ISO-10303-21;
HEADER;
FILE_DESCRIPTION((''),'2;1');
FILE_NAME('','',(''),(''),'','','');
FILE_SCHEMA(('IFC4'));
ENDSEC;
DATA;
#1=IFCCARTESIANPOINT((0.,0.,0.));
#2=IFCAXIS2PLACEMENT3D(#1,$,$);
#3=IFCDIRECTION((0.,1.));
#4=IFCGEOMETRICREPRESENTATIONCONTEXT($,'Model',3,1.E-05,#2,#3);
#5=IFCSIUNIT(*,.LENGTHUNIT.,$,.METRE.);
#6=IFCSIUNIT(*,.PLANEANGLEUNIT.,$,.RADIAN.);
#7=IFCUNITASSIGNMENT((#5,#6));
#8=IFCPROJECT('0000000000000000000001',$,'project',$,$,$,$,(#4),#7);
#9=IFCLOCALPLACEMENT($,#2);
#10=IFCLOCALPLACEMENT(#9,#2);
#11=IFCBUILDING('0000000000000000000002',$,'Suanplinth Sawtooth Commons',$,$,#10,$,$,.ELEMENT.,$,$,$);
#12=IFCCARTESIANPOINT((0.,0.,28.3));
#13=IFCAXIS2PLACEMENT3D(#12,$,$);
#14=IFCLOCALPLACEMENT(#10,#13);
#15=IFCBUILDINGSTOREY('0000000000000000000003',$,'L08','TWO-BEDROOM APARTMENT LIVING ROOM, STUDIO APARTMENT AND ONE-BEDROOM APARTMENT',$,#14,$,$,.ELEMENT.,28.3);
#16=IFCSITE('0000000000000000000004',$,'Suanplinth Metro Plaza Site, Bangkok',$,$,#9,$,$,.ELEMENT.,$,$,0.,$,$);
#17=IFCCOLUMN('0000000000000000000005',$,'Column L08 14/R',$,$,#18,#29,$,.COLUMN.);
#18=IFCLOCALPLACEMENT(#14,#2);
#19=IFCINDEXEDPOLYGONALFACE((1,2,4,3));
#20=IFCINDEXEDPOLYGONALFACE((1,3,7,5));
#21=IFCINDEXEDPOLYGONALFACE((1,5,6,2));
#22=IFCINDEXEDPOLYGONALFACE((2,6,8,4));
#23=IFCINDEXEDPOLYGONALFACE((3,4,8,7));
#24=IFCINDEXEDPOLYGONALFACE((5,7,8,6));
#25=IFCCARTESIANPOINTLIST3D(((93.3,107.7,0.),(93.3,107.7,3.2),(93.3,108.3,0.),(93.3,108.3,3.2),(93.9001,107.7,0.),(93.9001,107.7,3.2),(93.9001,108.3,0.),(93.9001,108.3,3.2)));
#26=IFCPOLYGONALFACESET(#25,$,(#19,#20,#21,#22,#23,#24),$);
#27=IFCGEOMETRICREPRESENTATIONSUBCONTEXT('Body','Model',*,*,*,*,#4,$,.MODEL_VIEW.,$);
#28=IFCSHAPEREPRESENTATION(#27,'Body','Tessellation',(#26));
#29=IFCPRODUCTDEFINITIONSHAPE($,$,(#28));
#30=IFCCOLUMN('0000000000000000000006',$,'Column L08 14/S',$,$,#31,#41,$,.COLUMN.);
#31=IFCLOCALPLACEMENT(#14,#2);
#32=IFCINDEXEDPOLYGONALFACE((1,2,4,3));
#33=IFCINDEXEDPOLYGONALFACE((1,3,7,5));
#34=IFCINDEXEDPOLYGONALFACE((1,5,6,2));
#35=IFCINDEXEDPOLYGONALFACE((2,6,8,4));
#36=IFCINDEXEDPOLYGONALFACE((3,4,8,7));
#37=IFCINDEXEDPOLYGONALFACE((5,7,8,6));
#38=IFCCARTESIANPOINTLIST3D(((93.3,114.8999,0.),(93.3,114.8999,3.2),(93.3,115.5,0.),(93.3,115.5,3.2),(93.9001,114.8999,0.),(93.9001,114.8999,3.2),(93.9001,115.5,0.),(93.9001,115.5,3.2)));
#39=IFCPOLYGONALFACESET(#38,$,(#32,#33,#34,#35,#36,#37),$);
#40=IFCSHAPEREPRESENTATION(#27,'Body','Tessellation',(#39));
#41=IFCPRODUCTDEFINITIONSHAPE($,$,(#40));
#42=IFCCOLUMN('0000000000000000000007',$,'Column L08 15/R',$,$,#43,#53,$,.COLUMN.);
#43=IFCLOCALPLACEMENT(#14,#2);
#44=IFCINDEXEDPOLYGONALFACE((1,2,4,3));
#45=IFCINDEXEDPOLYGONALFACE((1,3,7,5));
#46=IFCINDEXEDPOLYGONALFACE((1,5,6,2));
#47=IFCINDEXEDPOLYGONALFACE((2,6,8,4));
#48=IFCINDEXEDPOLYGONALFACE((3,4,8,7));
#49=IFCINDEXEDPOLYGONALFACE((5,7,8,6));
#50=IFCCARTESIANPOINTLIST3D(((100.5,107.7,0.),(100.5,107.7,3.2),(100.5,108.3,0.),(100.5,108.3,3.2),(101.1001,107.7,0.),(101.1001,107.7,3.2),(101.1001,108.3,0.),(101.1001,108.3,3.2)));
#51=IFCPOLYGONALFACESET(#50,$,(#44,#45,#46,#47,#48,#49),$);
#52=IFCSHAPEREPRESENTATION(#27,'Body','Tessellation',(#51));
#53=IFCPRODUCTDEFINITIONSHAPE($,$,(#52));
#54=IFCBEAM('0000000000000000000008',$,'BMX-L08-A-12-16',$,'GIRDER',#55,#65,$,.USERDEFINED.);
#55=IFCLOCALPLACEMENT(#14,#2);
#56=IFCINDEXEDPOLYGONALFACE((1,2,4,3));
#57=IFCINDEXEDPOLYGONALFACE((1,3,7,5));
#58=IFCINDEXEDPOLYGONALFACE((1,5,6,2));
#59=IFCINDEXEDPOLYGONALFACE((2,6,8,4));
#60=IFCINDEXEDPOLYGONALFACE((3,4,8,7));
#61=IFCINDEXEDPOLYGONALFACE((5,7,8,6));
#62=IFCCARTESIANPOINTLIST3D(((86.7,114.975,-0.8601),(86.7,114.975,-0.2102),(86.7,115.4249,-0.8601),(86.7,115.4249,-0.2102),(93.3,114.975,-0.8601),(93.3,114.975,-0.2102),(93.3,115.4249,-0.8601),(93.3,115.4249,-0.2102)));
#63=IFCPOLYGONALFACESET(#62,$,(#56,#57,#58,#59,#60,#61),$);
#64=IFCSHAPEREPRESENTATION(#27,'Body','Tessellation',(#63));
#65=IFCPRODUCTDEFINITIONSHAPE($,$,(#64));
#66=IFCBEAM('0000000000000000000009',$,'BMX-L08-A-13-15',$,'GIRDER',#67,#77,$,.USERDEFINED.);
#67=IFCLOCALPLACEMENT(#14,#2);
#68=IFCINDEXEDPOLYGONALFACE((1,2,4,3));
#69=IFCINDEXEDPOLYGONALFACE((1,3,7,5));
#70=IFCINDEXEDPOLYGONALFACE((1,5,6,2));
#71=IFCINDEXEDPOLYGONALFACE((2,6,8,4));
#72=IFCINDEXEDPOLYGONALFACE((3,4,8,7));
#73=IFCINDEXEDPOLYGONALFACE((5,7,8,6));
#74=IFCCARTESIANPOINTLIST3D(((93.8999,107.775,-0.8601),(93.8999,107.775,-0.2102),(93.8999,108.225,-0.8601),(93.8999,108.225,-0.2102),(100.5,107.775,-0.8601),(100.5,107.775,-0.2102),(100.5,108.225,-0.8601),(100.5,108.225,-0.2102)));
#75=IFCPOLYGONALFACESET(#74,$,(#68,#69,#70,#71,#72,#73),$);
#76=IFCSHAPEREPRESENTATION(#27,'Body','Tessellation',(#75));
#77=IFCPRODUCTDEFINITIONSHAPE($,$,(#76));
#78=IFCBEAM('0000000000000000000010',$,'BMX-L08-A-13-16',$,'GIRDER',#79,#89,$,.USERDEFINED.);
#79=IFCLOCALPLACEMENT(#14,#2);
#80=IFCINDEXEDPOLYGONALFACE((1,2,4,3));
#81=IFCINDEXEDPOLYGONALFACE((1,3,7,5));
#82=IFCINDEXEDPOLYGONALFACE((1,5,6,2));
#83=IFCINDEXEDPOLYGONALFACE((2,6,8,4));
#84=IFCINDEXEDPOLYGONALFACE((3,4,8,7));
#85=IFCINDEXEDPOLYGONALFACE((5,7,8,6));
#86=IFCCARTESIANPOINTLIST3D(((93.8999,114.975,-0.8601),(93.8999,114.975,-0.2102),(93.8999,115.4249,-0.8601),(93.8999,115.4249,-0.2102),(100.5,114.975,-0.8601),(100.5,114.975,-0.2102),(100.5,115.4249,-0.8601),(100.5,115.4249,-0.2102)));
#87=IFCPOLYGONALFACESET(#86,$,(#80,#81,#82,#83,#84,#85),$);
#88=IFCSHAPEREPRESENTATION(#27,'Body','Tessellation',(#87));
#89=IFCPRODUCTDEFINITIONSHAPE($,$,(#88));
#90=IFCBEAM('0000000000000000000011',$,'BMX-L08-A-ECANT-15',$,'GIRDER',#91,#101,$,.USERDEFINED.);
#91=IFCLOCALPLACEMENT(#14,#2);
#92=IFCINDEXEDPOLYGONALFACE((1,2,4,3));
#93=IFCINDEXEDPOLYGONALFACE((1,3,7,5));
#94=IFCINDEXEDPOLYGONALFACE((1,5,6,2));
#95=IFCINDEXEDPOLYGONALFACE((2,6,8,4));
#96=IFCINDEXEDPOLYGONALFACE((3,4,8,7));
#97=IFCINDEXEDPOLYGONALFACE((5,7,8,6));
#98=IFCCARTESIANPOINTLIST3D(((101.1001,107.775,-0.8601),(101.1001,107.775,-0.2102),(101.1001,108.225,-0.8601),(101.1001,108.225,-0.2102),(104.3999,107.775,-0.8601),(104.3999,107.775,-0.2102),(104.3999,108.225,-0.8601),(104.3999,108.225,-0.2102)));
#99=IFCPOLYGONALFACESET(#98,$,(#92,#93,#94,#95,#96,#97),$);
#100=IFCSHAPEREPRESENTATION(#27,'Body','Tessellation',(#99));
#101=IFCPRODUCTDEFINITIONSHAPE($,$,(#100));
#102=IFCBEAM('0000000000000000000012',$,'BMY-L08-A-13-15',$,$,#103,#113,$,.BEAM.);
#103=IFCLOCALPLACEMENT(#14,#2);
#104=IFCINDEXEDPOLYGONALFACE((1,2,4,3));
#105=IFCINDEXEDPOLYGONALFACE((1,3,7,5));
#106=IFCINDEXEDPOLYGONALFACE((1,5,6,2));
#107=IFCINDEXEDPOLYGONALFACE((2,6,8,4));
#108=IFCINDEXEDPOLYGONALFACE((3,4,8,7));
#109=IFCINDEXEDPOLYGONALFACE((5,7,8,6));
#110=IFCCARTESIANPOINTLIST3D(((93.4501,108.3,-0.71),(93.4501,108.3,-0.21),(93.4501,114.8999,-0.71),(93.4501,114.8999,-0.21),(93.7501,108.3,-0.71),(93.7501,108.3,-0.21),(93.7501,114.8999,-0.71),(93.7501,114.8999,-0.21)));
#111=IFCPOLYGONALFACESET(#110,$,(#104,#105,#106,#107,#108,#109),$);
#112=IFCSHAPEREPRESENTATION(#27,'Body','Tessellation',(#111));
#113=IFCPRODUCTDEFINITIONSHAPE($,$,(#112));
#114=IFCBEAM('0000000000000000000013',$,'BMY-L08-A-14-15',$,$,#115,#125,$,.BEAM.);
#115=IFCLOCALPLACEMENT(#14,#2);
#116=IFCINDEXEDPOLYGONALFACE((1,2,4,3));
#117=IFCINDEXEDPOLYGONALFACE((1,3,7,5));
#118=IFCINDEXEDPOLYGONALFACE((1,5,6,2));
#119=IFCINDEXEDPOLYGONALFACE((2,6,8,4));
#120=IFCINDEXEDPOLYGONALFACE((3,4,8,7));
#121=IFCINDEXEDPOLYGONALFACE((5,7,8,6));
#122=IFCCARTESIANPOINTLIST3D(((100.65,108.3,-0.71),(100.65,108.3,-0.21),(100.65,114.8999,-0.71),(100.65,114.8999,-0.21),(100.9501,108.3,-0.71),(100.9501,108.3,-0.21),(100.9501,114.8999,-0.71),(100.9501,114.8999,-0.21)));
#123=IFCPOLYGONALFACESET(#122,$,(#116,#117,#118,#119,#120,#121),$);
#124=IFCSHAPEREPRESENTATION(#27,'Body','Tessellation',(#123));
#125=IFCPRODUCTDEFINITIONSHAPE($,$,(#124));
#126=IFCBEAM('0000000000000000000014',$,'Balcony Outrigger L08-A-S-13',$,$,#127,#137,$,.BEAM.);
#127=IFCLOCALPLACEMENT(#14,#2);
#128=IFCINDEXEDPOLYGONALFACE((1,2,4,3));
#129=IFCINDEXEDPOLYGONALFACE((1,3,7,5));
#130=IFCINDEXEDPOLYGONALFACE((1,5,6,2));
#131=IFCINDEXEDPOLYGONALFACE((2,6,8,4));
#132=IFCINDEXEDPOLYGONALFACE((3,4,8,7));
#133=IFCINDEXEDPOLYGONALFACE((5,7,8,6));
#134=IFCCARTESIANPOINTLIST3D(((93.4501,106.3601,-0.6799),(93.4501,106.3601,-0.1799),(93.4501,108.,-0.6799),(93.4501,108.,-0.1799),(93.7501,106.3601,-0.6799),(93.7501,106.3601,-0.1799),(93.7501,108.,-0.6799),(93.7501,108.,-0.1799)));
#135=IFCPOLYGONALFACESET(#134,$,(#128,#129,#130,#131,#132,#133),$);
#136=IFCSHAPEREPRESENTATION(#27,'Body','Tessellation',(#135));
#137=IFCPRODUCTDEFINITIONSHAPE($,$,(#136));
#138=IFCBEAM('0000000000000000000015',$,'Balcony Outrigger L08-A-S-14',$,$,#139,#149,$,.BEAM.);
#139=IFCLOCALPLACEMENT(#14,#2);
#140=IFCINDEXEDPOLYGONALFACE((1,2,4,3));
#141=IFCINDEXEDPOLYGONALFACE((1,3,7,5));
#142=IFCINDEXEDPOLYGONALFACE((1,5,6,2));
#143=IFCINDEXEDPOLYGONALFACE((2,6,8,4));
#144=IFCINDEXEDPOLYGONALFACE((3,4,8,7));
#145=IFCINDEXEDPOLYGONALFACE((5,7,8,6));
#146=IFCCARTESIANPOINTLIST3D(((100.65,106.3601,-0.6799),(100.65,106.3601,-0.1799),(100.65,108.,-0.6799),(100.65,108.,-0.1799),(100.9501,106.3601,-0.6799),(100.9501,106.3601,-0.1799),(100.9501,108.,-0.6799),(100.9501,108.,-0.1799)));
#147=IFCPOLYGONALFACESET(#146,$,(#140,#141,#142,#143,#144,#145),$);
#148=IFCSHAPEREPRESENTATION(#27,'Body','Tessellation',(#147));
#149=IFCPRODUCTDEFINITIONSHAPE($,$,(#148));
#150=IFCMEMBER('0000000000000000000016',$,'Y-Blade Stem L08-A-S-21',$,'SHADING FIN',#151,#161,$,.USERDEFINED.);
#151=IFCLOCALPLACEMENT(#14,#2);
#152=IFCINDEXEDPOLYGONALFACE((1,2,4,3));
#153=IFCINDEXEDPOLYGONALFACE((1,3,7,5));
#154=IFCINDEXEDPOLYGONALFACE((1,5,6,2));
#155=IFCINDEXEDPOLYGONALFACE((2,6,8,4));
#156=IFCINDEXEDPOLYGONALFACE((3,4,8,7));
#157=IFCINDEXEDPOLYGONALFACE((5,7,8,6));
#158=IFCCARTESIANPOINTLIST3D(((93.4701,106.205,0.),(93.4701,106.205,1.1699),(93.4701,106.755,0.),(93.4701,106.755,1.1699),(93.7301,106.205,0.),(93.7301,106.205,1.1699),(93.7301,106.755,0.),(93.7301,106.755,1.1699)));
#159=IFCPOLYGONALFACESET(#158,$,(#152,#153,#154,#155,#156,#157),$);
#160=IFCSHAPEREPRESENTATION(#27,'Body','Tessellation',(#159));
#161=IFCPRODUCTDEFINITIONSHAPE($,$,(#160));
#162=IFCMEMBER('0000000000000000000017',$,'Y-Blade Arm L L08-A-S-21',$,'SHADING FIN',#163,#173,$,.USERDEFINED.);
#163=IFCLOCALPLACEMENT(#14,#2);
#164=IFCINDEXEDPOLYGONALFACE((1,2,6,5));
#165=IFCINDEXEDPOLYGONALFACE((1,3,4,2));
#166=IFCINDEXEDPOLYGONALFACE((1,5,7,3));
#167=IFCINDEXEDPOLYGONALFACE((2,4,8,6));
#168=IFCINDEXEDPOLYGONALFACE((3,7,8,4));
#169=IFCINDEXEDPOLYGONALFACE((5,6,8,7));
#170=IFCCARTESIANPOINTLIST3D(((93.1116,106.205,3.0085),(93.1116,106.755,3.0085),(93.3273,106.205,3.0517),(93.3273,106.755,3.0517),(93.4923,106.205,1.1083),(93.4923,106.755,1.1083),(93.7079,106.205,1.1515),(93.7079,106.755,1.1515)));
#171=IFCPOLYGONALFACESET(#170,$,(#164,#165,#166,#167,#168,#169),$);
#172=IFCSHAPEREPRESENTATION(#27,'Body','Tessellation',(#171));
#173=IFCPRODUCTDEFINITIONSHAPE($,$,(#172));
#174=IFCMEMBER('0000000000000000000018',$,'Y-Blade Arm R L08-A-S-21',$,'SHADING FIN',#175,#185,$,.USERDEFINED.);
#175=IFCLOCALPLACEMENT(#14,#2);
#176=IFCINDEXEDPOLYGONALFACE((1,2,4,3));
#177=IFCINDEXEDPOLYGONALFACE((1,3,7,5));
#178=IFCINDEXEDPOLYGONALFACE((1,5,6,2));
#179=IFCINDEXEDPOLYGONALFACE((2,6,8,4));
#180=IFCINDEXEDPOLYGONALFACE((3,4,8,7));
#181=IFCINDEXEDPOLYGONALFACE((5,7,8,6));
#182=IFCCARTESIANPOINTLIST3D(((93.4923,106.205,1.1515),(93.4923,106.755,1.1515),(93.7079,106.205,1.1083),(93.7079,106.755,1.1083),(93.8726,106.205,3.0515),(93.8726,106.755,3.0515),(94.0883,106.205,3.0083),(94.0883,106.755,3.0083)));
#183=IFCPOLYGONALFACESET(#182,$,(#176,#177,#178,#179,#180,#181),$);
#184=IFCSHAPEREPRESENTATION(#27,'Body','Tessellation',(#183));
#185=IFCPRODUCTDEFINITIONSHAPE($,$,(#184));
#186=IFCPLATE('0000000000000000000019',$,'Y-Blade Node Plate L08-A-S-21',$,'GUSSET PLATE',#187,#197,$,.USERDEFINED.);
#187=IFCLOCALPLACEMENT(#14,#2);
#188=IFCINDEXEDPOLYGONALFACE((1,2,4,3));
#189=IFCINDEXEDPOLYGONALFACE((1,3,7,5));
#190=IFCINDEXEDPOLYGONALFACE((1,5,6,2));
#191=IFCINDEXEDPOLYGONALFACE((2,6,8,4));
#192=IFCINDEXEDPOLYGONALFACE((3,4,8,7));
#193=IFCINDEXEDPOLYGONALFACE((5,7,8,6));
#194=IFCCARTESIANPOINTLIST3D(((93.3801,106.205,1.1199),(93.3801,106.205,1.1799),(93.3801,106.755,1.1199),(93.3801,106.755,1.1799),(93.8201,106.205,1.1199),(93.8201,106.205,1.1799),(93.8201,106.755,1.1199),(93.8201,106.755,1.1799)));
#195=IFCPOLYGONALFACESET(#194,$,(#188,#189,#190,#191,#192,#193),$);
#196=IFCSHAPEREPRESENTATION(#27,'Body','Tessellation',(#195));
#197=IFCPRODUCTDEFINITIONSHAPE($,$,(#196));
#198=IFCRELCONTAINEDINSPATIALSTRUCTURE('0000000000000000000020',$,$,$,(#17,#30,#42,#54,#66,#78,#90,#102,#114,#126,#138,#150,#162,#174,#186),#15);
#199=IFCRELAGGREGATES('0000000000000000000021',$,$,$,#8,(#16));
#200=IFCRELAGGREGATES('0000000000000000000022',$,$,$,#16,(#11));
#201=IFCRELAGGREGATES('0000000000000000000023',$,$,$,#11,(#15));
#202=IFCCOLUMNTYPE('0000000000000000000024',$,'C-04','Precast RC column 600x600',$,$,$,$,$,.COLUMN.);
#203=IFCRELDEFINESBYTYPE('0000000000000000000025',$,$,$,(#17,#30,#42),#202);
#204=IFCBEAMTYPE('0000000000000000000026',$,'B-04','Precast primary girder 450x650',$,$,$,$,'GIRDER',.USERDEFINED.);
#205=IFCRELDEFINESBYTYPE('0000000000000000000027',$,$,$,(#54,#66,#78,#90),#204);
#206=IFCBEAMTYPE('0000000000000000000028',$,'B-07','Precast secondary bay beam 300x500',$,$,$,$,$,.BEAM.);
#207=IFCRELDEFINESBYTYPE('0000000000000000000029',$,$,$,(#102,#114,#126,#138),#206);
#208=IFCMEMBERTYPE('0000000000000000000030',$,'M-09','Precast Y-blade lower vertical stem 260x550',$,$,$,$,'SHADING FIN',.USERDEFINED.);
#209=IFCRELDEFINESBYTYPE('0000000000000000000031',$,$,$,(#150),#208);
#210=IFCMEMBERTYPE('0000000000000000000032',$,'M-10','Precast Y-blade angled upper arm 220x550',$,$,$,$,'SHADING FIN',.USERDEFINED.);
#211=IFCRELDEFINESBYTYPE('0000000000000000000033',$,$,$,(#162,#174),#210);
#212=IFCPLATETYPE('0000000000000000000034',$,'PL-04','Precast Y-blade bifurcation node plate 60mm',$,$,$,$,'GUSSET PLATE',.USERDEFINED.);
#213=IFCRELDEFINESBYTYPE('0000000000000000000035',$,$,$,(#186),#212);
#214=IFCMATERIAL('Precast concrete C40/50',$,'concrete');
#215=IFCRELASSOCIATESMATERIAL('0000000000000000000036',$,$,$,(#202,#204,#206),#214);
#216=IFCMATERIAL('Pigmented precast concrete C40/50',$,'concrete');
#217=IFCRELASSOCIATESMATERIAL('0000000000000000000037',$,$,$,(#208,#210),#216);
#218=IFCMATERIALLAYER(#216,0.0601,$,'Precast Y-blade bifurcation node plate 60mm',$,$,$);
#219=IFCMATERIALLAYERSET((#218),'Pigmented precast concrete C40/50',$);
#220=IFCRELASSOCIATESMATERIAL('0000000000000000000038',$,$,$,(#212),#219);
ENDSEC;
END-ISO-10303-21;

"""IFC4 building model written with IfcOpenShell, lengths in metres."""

from ifc_helpers import new_model, si_unit, direction, frame, origin, origin_2d, place, context, subcontext, project, spatial, rectangle, extrude, material, layer, layer_set, material_profile, profile_set, type_object, element, save


model = new_model("IFC4")

# Units and contexts
model_context = context("Model", 3, precision=1e-05, world=origin(), true_north=direction((0.0, 1.0)))
body_context = subcontext(model_context, "Body", "Model", "MODEL_VIEW")
ifc_project = project(units=[si_unit("LENGTHUNIT", "METRE"), si_unit("PLANEANGLEUNIT", "RADIAN")], contexts=[model_context])

# Site, building, storey
site_placement = place(None, origin())
site = spatial("IfcSite", under=ifc_project, at=site_placement, Name="Suanplinth Metro Plaza Site, Bangkok", CompositionType="ELEMENT", RefElevation=0.0)
building_placement = place(site_placement, origin())
building = spatial("IfcBuilding", under=site, at=building_placement, Name="Suanplinth Sawtooth Commons", CompositionType="ELEMENT")
storey_placement = place(building_placement, frame((0.0, 0.0, 28.3)))
storey = spatial("IfcBuildingStorey", under=building, at=storey_placement, Name="L08", Description="TWO-BEDROOM APARTMENT LIVING ROOM, STUDIO APARTMENT AND ONE-BEDROOM APARTMENT", CompositionType="ELEMENT", Elevation=28.3)

# Columns
ifc_material_1 = material(Name="Precast concrete C40/50", Category="concrete")
ifc_material_profile_1 = material_profile(ifc_material_1, rectangle(XDim=0.6001, YDim=0.6001, at=origin_2d()), Name="PC-COL 600x600")
ifc_profile_set_1 = profile_set([ifc_material_profile_1], Name="Precast concrete C40/50")
column_type = type_object("IfcColumnType", Name="C-04", Description="Precast RC column 600x600", PredefinedType="COLUMN", material=ifc_profile_set_1)
for number, where, z_axis, x_axis, name in (
    (1, (93.6001, 108.0, 0.0), (0.0, 0.0, 1.0), (1.0, 0.0, 0.0), "Column L08 14/R"),
    (2, (93.6001, 115.2, 0.0), (0.0, 0.0, 1.0), (1.0, 0.0, 0.0), "Column L08 14/S"),
    (3, (100.8, 108.0, 0.0), (0.0, 0.0, 1.0), (1.0, 0.0, 0.0), "Column L08 15/R"),
):
    element("IfcColumn", number, at=place(storey_placement, frame(where, z_axis=z_axis, x_axis=x_axis)), inside=storey, type_object=column_type, Name=name, PredefinedType="COLUMN", context=body_context, shape_type="SweptSolid", body=[
        extrude(rectangle(XDim=0.6001, YDim=0.6001, at=origin_2d()), origin(), (0.0, 0.0, 1.0), 3.2),
    ])

# Beams
ifc_material_profile_2 = material_profile(ifc_material_1, rectangle(XDim=0.45, YDim=0.6499, at=origin_2d()), Name="PC-GDR 450x650")
ifc_profile_set_2 = profile_set([ifc_material_profile_2], Name="Precast concrete C40/50")
beam_type_1 = type_object("IfcBeamType", Name="B-04", Description="Precast primary girder 450x650", ElementType="GIRDER", PredefinedType="USERDEFINED", material=ifc_profile_set_2)
for number, where, z_axis, x_axis, name in (
    (4, (86.7, 115.2, -0.5352), (1.0, 0.0, 0.0), (0.0, 1.0, 0.0), "BMX-L08-A-12-16"),
    (5, (93.8999, 108.0, -0.5352), (1.0, 0.0, 0.0), (0.0, 1.0, 0.0), "BMX-L08-A-13-15"),
    (6, (93.8999, 115.2, -0.5352), (1.0, 0.0, 0.0), (0.0, 1.0, 0.0), "BMX-L08-A-13-16"),
):
    element("IfcBeam", number, at=place(storey_placement, frame(where, z_axis=z_axis, x_axis=x_axis)), inside=storey, type_object=beam_type_1, Name=name, ObjectType="GIRDER", PredefinedType="USERDEFINED", context=body_context, shape_type="SweptSolid", body=[
        extrude(rectangle(XDim=0.45, YDim=0.6499, at=origin_2d()), origin(), (0.0, 0.0, 1.0), 6.6001),
    ])
beam_placement = place(storey_placement, frame((101.1001, 108.0, -0.5352), z_axis=(1.0, 0.0, 0.0), x_axis=(0.0, 1.0, 0.0)))
element("IfcBeam", 7, at=beam_placement, inside=storey, type_object=beam_type_1, Name="BMX-L08-A-ECANT-15", ObjectType="GIRDER", PredefinedType="USERDEFINED", context=body_context, shape_type="SweptSolid", body=[
    extrude(rectangle(XDim=0.45, YDim=0.6499, at=origin_2d()), origin(), (0.0, 0.0, 1.0), 3.2998),
])
ifc_material_profile_3 = material_profile(ifc_material_1, rectangle(XDim=0.3, YDim=0.5, at=origin_2d()), Name="PC-BM 300x500")
ifc_profile_set_3 = profile_set([ifc_material_profile_3], Name="Precast concrete C40/50")
beam_type_2 = type_object("IfcBeamType", Name="B-07", Description="Precast secondary bay beam 300x500", PredefinedType="BEAM", material=ifc_profile_set_3)
for number, where, z_axis, x_axis, name in (
    (8, (93.6001, 108.3, -0.46), (0.0, 1.0, 0.0), (-1.0, 0.0, 0.0), "BMY-L08-A-13-15"),
    (9, (100.8, 108.3, -0.46), (0.0, 1.0, 0.0), (-1.0, 0.0, 0.0), "BMY-L08-A-14-15"),
):
    element("IfcBeam", number, at=place(storey_placement, frame(where, z_axis=z_axis, x_axis=x_axis)), inside=storey, type_object=beam_type_2, Name=name, PredefinedType="BEAM", context=body_context, shape_type="SweptSolid", body=[
        extrude(rectangle(XDim=0.3, YDim=0.5, at=origin_2d()), origin(), (0.0, 0.0, 1.0), 6.5999),
    ])
for number, where, z_axis, x_axis, name in (
    (10, (93.6001, 108.0, -0.4299), (0.0, -1.0, 0.0), (1.0, 0.0, 0.0), "Balcony Outrigger L08-A-S-13"),
    (11, (100.8, 108.0, -0.4299), (0.0, -1.0, 0.0), (1.0, 0.0, 0.0), "Balcony Outrigger L08-A-S-14"),
):
    element("IfcBeam", number, at=place(storey_placement, frame(where, z_axis=z_axis, x_axis=x_axis)), inside=storey, type_object=beam_type_2, Name=name, PredefinedType="BEAM", context=body_context, shape_type="SweptSolid", body=[
        extrude(rectangle(XDim=0.3, YDim=0.5, at=origin_2d()), origin(), (0.0, 0.0, 1.0), 1.6399),
    ])

# Members
ifc_material_2 = material(Name="Pigmented precast concrete C40/50", Category="concrete")
ifc_material_profile_4 = material_profile(ifc_material_2, rectangle(XDim=0.26, YDim=0.55, at=origin_2d()), Name="PC-FIN 260x550")
ifc_profile_set_4 = profile_set([ifc_material_profile_4], Name="Pigmented precast concrete C40/50")
member_type_1 = type_object("IfcMemberType", Name="M-09", Description="Precast Y-blade lower vertical stem 260x550", ElementType="SHADING FIN", PredefinedType="USERDEFINED", material=ifc_profile_set_4)
member_1_placement = place(storey_placement, frame((93.6001, 106.48, 0.0), z_axis=(0.0, 0.0, 1.0), x_axis=(1.0, 0.0, 0.0)))
element("IfcMember", 12, at=member_1_placement, inside=storey, type_object=member_type_1, Name="Y-Blade Stem L08-A-S-21", ObjectType="SHADING FIN", PredefinedType="USERDEFINED", context=body_context, shape_type="SweptSolid", body=[
    extrude(rectangle(XDim=0.26, YDim=0.55, at=origin_2d()), origin(), (0.0, 0.0, 1.0), 1.1699),
])
ifc_material_profile_5 = material_profile(ifc_material_2, rectangle(XDim=0.22, YDim=0.55, at=origin_2d()), Name="PC-FIN 220x550")
ifc_profile_set_5 = profile_set([ifc_material_profile_5], Name="Pigmented precast concrete C40/50")
member_type_2 = type_object("IfcMemberType", Name="M-10", Description="Precast Y-blade angled upper arm 220x550", ElementType="SHADING FIN", PredefinedType="USERDEFINED", material=ifc_profile_set_5)
member_2_placement = place(storey_placement, frame((93.6001, 106.48, 1.1299), z_axis=(-0.196407, 0.0, 0.980522), x_axis=(0.980522, 0.0, 0.196407)))
element("IfcMember", 13, at=member_2_placement, inside=storey, type_object=member_type_2, Name="Y-Blade Arm L L08-A-S-21", ObjectType="SHADING FIN", PredefinedType="USERDEFINED", context=body_context, shape_type="SweptSolid", body=[
    extrude(rectangle(XDim=0.22, YDim=0.55, at=origin_2d()), origin(), (0.0, 0.0, 1.0), 1.938),
])
member_3_placement = place(storey_placement, frame((93.6001, 106.48, 1.1299), z_axis=(0.196286, 0.0, 0.980547), x_axis=(-0.980547, 0.0, 0.196286)))
element("IfcMember", 14, at=member_3_placement, inside=storey, type_object=member_type_2, Name="Y-Blade Arm R L08-A-S-21", ObjectType="SHADING FIN", PredefinedType="USERDEFINED", context=body_context, shape_type="SweptSolid", body=[
    extrude(rectangle(XDim=0.22, YDim=0.55, at=origin_2d()), origin(), (0.0, 0.0, 1.0), 1.9377),
])

# Plate
ifc_layer_1 = layer(ifc_material_2, 0.0601, Name="Precast Y-blade bifurcation node plate 60mm")
ifc_layer_set_1 = layer_set([ifc_layer_1], Name="Pigmented precast concrete C40/50")
plate_type = type_object("IfcPlateType", Name="PL-04", Description="Precast Y-blade bifurcation node plate 60mm", ElementType="GUSSET PLATE", PredefinedType="USERDEFINED", material=ifc_layer_set_1)
plate_placement = place(storey_placement, frame((93.6001, 106.48, 1.1199), z_axis=(0.0, 0.0, 1.0), x_axis=(1.0, 0.0, 0.0)))
element("IfcPlate", 15, at=plate_placement, inside=storey, type_object=plate_type, Name="Y-Blade Node Plate L08-A-S-21", ObjectType="GUSSET PLATE", PredefinedType="USERDEFINED", context=body_context, shape_type="SweptSolid", body=[
    extrude(rectangle(XDim=0.4399, YDim=0.55, at=origin_2d()), origin(), (0.0, 0.0, 1.0), 0.0601),
])

save(model, "model.ifc")
